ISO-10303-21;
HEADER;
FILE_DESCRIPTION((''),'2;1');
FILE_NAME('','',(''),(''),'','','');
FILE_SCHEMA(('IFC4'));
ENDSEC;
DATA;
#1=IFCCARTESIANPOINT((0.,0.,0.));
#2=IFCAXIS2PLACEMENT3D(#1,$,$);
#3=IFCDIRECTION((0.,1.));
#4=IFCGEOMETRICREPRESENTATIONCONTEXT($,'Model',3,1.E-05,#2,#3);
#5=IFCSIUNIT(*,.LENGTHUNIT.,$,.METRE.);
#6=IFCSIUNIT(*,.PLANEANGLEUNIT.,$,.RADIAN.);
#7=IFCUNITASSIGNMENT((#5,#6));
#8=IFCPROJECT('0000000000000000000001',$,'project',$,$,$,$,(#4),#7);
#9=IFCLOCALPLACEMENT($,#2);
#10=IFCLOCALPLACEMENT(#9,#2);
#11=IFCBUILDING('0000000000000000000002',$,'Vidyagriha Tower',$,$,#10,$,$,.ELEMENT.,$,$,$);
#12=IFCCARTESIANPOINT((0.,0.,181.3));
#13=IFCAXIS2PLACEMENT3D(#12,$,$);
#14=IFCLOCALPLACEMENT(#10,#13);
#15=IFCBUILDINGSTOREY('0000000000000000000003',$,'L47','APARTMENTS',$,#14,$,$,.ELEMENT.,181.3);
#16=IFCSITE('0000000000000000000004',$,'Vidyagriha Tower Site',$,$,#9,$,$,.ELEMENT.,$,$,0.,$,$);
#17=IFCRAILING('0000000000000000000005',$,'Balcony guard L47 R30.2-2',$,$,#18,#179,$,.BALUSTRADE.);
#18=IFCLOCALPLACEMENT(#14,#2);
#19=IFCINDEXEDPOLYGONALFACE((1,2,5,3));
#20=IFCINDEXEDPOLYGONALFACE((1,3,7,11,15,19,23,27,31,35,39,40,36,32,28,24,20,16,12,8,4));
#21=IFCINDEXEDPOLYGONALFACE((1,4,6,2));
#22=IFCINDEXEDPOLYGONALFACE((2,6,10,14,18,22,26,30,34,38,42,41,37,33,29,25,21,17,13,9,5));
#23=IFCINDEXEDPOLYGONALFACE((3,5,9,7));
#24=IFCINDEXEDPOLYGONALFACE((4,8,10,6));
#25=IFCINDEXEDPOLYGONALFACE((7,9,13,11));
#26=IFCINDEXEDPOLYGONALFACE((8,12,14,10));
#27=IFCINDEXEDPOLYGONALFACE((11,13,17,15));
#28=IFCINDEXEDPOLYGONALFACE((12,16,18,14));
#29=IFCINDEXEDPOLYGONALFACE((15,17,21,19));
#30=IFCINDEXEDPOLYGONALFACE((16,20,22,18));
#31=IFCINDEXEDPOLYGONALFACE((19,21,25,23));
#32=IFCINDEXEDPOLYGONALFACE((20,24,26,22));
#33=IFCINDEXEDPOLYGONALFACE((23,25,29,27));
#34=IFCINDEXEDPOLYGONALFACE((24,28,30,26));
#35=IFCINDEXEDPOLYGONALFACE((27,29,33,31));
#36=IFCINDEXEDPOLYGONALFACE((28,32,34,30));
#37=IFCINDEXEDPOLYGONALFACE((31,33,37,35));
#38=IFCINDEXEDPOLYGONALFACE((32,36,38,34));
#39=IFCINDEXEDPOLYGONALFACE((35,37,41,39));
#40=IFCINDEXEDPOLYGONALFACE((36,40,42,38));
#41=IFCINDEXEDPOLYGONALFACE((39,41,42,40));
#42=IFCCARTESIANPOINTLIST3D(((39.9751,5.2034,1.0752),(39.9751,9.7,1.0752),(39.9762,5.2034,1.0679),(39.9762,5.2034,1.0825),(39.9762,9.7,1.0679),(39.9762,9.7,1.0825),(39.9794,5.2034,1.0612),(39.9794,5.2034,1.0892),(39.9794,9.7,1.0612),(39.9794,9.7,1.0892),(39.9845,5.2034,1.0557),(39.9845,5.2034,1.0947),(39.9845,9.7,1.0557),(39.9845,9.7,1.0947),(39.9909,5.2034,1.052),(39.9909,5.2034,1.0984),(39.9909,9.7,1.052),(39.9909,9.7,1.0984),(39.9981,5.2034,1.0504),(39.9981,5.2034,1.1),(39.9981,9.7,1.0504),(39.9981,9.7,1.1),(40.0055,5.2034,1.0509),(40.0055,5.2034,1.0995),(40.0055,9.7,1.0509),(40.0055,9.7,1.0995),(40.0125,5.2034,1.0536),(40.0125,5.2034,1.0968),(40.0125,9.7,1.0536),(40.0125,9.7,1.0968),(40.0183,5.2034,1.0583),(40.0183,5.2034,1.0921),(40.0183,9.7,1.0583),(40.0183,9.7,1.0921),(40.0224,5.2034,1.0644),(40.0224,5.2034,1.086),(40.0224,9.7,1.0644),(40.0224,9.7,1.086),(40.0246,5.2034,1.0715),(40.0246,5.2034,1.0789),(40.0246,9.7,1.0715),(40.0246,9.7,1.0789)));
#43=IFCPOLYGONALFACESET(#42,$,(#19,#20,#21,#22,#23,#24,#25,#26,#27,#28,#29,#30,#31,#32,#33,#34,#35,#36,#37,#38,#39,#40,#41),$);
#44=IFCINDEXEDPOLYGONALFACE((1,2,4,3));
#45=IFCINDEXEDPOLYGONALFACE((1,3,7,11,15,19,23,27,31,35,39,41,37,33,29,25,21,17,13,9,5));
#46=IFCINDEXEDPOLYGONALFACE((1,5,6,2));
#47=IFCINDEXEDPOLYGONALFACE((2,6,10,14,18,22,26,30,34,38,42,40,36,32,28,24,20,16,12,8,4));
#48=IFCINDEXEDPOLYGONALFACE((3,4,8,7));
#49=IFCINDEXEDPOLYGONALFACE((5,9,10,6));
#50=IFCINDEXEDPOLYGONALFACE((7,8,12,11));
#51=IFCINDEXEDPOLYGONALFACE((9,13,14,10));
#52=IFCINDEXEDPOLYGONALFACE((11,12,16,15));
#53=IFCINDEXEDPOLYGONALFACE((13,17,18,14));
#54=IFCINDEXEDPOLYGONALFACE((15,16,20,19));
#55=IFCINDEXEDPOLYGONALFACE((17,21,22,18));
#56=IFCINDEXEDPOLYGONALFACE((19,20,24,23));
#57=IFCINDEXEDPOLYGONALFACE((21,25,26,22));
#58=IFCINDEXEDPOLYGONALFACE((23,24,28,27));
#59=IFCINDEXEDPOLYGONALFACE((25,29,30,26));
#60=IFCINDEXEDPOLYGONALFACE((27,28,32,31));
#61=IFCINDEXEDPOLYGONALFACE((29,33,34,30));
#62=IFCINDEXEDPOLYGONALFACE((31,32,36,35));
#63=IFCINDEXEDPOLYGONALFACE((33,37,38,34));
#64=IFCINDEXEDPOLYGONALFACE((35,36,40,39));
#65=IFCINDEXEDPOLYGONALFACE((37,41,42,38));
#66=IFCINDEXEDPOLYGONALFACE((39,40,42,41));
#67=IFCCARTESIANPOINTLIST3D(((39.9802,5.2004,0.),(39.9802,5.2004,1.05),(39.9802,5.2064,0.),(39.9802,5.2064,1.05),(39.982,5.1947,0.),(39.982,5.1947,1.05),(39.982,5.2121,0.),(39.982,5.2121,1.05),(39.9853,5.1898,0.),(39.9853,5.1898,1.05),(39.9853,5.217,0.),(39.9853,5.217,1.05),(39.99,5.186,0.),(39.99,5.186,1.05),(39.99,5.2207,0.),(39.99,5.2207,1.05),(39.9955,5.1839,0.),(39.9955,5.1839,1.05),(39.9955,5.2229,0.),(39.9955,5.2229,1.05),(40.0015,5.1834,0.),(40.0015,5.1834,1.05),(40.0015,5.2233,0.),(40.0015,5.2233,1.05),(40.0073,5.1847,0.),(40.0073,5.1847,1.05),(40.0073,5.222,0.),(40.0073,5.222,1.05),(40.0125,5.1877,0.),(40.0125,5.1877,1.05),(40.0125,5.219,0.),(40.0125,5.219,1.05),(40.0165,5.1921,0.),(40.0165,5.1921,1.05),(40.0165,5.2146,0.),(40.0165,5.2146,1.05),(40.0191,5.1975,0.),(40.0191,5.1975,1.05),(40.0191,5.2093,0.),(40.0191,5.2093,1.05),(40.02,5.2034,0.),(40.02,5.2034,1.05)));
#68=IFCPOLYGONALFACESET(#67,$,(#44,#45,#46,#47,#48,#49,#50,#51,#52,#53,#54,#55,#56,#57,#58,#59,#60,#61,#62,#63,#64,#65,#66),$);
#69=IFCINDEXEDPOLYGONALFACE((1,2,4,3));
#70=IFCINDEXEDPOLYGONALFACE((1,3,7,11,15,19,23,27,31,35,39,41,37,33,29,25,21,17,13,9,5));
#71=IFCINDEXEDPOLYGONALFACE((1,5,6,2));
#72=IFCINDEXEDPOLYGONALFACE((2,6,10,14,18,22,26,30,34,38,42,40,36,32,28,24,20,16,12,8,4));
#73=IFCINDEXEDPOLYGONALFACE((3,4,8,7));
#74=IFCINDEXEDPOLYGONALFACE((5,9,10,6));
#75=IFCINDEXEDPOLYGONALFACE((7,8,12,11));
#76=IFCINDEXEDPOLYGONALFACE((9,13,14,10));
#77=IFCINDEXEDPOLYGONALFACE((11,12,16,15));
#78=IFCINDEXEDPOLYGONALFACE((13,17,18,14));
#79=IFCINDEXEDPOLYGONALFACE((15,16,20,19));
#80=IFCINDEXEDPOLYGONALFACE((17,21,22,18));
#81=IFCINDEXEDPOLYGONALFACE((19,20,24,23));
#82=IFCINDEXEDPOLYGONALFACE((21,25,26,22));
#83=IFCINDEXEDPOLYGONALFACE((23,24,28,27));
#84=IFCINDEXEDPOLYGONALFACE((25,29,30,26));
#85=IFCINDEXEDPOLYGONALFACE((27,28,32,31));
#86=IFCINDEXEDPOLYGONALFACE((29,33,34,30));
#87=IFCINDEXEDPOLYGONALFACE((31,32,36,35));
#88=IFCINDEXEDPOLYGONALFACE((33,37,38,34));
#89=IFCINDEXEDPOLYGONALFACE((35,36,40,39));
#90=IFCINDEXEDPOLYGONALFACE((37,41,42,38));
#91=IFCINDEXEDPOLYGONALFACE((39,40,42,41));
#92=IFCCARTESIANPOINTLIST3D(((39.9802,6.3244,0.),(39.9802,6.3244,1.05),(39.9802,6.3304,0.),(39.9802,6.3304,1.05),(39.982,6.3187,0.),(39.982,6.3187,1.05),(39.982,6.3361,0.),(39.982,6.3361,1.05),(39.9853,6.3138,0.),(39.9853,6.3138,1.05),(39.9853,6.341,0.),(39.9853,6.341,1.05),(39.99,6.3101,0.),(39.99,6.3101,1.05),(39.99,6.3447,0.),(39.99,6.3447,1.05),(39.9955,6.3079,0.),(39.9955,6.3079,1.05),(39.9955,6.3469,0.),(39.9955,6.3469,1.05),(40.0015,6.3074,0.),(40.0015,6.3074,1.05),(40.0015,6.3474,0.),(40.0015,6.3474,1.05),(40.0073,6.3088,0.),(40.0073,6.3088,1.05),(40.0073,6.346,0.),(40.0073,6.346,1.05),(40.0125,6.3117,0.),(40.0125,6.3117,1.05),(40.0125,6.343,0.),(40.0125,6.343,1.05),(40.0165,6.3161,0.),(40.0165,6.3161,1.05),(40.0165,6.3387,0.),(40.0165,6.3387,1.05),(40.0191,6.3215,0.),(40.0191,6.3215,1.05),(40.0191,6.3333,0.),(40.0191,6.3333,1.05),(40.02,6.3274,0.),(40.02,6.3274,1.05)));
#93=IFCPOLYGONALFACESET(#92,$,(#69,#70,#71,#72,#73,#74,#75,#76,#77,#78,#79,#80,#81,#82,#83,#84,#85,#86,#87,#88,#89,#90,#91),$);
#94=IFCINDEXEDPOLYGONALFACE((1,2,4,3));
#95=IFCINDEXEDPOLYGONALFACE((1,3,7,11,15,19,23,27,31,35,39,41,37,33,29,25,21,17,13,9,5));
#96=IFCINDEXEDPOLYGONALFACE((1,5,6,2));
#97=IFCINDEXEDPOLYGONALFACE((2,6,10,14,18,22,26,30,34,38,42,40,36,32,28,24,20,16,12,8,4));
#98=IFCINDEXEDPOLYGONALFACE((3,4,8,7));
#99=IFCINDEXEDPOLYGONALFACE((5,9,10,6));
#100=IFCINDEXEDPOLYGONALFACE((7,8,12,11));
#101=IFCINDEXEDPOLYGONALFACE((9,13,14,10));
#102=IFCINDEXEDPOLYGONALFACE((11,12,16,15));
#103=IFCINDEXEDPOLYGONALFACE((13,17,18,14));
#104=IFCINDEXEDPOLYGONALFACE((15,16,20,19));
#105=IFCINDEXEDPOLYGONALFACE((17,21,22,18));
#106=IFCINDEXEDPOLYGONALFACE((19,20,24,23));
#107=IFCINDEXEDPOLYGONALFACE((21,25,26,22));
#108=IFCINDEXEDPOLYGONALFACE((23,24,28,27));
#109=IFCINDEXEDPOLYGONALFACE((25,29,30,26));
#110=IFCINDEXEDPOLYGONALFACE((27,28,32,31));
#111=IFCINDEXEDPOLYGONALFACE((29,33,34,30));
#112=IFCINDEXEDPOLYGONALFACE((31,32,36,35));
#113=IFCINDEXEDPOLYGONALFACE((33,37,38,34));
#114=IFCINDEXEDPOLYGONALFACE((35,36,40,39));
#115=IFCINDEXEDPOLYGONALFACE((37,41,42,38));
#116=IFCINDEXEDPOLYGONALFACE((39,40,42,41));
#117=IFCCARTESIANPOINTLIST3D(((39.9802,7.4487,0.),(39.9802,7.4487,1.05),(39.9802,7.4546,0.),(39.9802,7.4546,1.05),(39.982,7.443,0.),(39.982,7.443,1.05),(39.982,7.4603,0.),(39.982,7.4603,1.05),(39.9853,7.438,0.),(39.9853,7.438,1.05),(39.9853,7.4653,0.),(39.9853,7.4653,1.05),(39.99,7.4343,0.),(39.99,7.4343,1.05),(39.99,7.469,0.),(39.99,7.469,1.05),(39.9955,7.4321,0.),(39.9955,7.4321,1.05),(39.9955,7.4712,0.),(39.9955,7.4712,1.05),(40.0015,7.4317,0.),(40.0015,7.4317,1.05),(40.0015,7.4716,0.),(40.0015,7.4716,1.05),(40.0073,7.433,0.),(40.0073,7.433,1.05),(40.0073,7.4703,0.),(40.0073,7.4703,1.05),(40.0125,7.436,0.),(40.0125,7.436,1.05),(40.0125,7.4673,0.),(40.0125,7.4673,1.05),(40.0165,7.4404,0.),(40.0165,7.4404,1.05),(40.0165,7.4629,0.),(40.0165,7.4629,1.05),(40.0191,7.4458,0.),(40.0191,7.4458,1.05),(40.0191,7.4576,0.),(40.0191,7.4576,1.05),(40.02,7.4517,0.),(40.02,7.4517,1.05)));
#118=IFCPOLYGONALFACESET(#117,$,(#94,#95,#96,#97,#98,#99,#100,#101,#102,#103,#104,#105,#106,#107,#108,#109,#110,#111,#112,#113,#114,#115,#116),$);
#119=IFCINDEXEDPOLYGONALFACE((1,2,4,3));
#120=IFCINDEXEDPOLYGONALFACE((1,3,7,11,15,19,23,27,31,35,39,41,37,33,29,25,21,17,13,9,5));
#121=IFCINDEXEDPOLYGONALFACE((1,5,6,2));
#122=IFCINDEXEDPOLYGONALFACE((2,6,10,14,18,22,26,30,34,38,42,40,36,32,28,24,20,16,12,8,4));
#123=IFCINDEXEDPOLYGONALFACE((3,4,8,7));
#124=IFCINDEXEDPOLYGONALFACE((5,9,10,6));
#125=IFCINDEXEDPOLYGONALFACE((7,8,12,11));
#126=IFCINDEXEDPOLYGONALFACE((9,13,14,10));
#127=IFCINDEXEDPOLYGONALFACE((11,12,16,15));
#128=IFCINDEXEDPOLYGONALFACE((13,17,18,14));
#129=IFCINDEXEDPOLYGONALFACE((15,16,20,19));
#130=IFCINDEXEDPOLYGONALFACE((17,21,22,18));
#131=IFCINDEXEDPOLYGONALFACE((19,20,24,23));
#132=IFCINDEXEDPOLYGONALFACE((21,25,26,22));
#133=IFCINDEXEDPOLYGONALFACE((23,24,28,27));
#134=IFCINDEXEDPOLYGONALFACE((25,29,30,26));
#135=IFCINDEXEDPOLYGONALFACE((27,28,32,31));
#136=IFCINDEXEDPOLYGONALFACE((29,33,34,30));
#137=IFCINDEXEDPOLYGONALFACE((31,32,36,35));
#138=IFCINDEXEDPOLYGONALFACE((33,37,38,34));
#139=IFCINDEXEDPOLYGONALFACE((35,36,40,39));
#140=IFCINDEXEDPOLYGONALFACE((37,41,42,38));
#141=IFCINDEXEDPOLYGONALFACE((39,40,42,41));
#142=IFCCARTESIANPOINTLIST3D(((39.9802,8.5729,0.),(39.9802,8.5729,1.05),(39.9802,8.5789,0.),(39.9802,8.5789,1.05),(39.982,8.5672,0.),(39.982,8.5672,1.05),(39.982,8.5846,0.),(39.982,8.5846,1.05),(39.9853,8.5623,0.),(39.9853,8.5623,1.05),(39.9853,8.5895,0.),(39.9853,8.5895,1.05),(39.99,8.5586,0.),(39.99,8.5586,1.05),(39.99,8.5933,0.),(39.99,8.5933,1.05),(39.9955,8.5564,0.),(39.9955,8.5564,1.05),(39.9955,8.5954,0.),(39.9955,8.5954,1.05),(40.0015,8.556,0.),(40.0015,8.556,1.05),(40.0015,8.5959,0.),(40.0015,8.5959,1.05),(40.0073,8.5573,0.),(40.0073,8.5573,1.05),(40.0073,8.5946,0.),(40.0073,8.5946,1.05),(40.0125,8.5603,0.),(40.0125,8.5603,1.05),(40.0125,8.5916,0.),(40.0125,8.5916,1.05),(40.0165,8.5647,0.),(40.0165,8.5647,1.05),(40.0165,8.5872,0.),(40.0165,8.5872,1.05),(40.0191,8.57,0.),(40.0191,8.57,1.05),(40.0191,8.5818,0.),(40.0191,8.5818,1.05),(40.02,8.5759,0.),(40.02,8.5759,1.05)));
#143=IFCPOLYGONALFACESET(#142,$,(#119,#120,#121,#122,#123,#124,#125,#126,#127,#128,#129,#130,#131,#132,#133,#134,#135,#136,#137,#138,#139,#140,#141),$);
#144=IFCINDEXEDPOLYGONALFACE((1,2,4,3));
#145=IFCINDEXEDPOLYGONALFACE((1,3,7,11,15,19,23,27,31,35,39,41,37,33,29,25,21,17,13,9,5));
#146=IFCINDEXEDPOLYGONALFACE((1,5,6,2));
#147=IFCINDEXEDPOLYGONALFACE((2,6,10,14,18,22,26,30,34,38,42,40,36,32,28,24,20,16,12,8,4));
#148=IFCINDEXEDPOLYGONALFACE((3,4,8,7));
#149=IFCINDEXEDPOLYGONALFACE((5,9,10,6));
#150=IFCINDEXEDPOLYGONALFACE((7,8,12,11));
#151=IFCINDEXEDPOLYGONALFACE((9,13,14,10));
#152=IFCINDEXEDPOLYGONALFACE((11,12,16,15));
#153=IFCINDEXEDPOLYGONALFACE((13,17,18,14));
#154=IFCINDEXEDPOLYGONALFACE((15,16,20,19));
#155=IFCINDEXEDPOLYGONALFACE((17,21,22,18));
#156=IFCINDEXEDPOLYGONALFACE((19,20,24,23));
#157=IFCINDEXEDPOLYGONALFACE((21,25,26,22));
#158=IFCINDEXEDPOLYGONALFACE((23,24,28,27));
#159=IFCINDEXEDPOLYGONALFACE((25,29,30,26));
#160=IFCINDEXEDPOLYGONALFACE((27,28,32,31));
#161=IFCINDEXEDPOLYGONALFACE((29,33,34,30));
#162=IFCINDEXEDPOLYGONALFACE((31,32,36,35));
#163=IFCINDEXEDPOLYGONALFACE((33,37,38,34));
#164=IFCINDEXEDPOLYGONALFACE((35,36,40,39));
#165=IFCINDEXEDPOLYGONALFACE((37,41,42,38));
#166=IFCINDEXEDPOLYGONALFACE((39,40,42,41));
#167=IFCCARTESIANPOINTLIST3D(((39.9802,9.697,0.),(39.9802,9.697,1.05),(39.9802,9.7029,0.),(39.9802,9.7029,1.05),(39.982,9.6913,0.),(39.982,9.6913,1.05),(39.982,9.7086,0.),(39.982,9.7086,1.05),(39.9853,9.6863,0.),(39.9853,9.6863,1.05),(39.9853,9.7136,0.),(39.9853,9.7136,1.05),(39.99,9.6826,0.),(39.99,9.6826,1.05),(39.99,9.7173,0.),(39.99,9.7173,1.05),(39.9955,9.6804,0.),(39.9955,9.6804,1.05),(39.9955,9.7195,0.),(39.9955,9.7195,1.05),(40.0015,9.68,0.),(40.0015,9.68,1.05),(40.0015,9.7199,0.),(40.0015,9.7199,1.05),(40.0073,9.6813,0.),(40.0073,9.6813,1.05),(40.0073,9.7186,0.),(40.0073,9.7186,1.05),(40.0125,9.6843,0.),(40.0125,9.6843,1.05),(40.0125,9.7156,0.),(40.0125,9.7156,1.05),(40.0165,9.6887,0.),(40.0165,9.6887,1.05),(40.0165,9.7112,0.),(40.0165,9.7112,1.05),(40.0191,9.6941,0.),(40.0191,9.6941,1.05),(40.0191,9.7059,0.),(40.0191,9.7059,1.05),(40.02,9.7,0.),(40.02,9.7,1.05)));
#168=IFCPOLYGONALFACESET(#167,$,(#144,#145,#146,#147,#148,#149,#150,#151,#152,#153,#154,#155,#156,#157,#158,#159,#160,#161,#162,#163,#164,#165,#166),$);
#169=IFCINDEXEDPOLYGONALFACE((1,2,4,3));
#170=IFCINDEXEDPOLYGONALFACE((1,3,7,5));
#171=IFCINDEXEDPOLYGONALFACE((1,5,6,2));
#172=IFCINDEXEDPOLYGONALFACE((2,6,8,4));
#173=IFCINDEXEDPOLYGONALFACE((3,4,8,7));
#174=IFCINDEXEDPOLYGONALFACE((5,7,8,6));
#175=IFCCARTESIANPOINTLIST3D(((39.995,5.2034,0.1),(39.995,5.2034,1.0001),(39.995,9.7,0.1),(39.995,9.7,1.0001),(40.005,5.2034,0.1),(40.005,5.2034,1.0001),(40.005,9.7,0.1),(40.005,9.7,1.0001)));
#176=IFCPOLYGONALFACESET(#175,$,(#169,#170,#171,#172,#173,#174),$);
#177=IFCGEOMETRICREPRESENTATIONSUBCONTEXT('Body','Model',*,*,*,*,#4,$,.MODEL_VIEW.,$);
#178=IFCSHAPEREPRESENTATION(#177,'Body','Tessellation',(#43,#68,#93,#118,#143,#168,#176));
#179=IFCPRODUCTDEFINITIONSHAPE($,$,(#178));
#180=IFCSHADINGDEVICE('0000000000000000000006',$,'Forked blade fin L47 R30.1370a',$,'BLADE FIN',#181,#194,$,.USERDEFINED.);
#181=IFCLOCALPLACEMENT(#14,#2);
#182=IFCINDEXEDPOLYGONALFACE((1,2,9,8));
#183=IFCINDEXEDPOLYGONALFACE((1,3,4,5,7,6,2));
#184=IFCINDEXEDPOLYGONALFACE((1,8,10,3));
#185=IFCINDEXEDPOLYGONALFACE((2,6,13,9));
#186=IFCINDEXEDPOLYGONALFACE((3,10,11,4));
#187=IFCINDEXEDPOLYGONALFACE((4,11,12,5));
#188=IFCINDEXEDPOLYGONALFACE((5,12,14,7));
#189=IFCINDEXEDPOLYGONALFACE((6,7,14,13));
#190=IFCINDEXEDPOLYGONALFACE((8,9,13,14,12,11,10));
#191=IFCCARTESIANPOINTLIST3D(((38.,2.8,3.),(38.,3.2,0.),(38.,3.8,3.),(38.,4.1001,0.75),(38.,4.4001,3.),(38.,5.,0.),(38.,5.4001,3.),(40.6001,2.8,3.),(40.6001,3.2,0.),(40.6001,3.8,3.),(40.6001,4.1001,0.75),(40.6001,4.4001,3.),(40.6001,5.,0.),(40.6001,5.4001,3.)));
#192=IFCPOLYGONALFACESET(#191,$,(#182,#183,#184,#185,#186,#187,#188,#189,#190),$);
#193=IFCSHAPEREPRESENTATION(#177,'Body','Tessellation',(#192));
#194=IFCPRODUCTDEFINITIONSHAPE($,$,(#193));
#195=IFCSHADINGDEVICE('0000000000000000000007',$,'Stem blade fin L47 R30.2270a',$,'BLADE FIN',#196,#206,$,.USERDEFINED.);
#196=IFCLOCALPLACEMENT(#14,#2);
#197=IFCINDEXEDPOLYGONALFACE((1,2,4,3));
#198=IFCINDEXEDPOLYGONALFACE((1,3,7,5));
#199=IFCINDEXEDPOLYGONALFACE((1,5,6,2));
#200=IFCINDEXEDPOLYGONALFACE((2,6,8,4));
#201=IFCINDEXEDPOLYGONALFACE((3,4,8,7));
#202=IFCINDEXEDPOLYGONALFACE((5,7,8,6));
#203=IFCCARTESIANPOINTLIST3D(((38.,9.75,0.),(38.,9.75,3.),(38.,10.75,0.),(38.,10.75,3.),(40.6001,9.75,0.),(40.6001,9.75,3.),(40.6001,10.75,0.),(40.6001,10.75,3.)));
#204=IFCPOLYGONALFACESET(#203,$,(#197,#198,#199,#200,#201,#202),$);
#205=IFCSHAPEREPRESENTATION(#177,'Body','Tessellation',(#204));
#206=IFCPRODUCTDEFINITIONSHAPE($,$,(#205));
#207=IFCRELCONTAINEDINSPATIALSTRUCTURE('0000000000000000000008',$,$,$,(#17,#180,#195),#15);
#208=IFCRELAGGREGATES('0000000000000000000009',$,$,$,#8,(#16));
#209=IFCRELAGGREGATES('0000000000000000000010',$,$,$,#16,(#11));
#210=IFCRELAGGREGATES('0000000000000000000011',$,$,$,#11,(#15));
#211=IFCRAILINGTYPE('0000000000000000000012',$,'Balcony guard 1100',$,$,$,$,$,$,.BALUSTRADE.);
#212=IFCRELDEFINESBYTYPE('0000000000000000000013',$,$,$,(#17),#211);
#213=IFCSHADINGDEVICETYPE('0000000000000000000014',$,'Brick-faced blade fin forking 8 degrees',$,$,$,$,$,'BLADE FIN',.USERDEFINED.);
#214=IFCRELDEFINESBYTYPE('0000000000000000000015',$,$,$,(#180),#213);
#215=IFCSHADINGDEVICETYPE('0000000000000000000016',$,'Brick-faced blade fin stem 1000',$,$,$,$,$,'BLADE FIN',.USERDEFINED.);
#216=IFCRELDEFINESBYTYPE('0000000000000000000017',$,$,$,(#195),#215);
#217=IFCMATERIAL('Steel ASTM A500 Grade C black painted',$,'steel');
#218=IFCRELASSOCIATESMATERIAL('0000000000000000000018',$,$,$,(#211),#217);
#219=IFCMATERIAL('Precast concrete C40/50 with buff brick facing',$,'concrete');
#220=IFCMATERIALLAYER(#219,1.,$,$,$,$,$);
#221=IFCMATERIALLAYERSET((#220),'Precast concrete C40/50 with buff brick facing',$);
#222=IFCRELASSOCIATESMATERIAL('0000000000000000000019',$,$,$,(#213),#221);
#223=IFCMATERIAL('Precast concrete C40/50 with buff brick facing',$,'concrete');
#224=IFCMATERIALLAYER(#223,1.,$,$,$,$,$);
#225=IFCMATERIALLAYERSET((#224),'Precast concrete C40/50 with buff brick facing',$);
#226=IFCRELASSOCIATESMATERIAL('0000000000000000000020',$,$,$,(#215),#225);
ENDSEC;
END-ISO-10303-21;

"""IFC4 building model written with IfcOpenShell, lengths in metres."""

from ifc_helpers import new_model, si_unit, direction, frame, origin, origin_2d, place, context, subcontext, project, spatial, polyline, rectangle, circle, outline, extrude, material, layer, layer_set, type_object, element, save


model = new_model("IFC4")

# Units and contexts
model_context = context("Model", 3, precision=1e-05, world=origin(), true_north=direction((0.0, 1.0)))
body_context = subcontext(model_context, "Body", "Model", "MODEL_VIEW")
ifc_project = project(units=[si_unit("LENGTHUNIT", "METRE"), si_unit("PLANEANGLEUNIT", "RADIAN")], contexts=[model_context])

# Site, building, storey
site_placement = place(None, origin())
site = spatial("IfcSite", under=ifc_project, at=site_placement, Name="Vidyagriha Tower Site", CompositionType="ELEMENT", RefElevation=0.0)
building_placement = place(site_placement, origin())
building = spatial("IfcBuilding", under=site, at=building_placement, Name="Vidyagriha Tower", CompositionType="ELEMENT")
storey_placement = place(building_placement, frame((0.0, 0.0, 181.3)))
storey = spatial("IfcBuildingStorey", under=building, at=storey_placement, Name="L47", Description="APARTMENTS", CompositionType="ELEMENT", Elevation=181.3)

# Railing
ifc_material_1 = material(Name="Steel ASTM A500 Grade C black painted", Category="steel")
railing_type_1 = type_object("IfcRailingType", Name="Balcony guard 1100", PredefinedType="BALUSTRADE", material=ifc_material_1)
railing_1_placement = place(storey_placement, frame((40.0, 5.2034, 0.0)))
element("IfcRailing", 1, at=railing_1_placement, inside=storey, type_object=railing_type_1, Name="Balcony guard L47 R30.2-2", PredefinedType="BALUSTRADE", context=body_context, shape_type="SweptSolid", body=[
    extrude(circle(Radius=0.0249, at=origin_2d()), frame((0.0, 0.0, 1.0752), z_axis=(0.0, 1.0, 0.0), x_axis=(-1.0, 0.0, 0.0)), (0.0, 0.0, 1.0), 4.4966),
    extrude(circle(Radius=0.02, at=origin_2d()), origin(), (0.0, 0.0, 1.0), 1.05),
    extrude(circle(Radius=0.02, at=origin_2d()), frame((0.0, 1.124, 0.0)), (0.0, 0.0, 1.0), 1.05),
    extrude(circle(Radius=0.02, at=origin_2d()), frame((0.0, 2.2483, 0.0)), (0.0, 0.0, 1.0), 1.05),
    extrude(circle(Radius=0.02, at=origin_2d()), frame((0.0, 3.3726, 0.0)), (0.0, 0.0, 1.0), 1.05),
    extrude(circle(Radius=0.02, at=origin_2d()), frame((0.0, 4.4966, 0.0)), (0.0, 0.0, 1.0), 1.05),
    extrude(rectangle(XDim=0.01, YDim=0.9001, at=origin_2d()), frame((0.0, 0.0, 0.55), z_axis=(0.0, 1.0, 0.0), x_axis=(-1.0, 0.0, 0.0)), (0.0, 0.0, 1.0), 4.4966),
])

# Shading devices
ifc_material_2 = material(Name="Precast concrete C40/50 with buff brick facing", Category="concrete")
ifc_layer_1 = layer(ifc_material_2, 1.0)
ifc_layer_set_1 = layer_set([ifc_layer_1], Name="Precast concrete C40/50 with buff brick facing")
shading_device_type_1 = type_object("IfcShadingDeviceType", Name="Brick-faced blade fin forking 8 degrees", ElementType="BLADE FIN", PredefinedType="USERDEFINED", material=ifc_layer_set_1)
shading_device_1_placement = place(storey_placement, frame((39.3, 2.8, 0.0), z_axis=(0.0, 0.0, 1.0), x_axis=(0.0, 1.0, 0.0)))
element("IfcShadingDevice", 2, at=shading_device_1_placement, inside=storey, type_object=shading_device_type_1, Name="Forked blade fin L47 R30.1370a", ObjectType="BLADE FIN", PredefinedType="USERDEFINED", context=body_context, shape_type="SweptSolid", body=[
    extrude(outline(polyline([(0.3999, 0.0), (2.2, 0.0), (2.6001, 3.0), (1.6001, 3.0), (1.3, 0.75), (1.0, 3.0), (0.0, 3.0), (0.3999, 0.0)])), frame((0.0, 1.3, 0.0), z_axis=(0.0, -1.0, 0.0), x_axis=(1.0, 0.0, 0.0)), (0.0, 0.0, 1.0), 2.6001),
])
ifc_material_3 = material(Name="Precast concrete C40/50 with buff brick facing", Category="concrete")
ifc_layer_2 = layer(ifc_material_3, 1.0)
ifc_layer_set_2 = layer_set([ifc_layer_2], Name="Precast concrete C40/50 with buff brick facing")
shading_device_type_2 = type_object("IfcShadingDeviceType", Name="Brick-faced blade fin stem 1000", ElementType="BLADE FIN", PredefinedType="USERDEFINED", material=ifc_layer_set_2)
shading_device_2_placement = place(storey_placement, frame((39.3, 9.75, 0.0), z_axis=(0.0, 0.0, 1.0), x_axis=(0.0, 1.0, 0.0)))
element("IfcShadingDevice", 3, at=shading_device_2_placement, inside=storey, type_object=shading_device_type_2, Name="Stem blade fin L47 R30.2270a", ObjectType="BLADE FIN", PredefinedType="USERDEFINED", context=body_context, shape_type="SweptSolid", body=[
    extrude(outline(polyline([(0.0, 0.0), (1.0, 0.0), (1.0, 3.0), (0.0, 3.0), (0.0, 0.0)])), frame((0.0, 1.3, 0.0), z_axis=(0.0, -1.0, 0.0), x_axis=(1.0, 0.0, 0.0)), (0.0, 0.0, 1.0), 2.6001),
])

save(model, "model.ifc")
